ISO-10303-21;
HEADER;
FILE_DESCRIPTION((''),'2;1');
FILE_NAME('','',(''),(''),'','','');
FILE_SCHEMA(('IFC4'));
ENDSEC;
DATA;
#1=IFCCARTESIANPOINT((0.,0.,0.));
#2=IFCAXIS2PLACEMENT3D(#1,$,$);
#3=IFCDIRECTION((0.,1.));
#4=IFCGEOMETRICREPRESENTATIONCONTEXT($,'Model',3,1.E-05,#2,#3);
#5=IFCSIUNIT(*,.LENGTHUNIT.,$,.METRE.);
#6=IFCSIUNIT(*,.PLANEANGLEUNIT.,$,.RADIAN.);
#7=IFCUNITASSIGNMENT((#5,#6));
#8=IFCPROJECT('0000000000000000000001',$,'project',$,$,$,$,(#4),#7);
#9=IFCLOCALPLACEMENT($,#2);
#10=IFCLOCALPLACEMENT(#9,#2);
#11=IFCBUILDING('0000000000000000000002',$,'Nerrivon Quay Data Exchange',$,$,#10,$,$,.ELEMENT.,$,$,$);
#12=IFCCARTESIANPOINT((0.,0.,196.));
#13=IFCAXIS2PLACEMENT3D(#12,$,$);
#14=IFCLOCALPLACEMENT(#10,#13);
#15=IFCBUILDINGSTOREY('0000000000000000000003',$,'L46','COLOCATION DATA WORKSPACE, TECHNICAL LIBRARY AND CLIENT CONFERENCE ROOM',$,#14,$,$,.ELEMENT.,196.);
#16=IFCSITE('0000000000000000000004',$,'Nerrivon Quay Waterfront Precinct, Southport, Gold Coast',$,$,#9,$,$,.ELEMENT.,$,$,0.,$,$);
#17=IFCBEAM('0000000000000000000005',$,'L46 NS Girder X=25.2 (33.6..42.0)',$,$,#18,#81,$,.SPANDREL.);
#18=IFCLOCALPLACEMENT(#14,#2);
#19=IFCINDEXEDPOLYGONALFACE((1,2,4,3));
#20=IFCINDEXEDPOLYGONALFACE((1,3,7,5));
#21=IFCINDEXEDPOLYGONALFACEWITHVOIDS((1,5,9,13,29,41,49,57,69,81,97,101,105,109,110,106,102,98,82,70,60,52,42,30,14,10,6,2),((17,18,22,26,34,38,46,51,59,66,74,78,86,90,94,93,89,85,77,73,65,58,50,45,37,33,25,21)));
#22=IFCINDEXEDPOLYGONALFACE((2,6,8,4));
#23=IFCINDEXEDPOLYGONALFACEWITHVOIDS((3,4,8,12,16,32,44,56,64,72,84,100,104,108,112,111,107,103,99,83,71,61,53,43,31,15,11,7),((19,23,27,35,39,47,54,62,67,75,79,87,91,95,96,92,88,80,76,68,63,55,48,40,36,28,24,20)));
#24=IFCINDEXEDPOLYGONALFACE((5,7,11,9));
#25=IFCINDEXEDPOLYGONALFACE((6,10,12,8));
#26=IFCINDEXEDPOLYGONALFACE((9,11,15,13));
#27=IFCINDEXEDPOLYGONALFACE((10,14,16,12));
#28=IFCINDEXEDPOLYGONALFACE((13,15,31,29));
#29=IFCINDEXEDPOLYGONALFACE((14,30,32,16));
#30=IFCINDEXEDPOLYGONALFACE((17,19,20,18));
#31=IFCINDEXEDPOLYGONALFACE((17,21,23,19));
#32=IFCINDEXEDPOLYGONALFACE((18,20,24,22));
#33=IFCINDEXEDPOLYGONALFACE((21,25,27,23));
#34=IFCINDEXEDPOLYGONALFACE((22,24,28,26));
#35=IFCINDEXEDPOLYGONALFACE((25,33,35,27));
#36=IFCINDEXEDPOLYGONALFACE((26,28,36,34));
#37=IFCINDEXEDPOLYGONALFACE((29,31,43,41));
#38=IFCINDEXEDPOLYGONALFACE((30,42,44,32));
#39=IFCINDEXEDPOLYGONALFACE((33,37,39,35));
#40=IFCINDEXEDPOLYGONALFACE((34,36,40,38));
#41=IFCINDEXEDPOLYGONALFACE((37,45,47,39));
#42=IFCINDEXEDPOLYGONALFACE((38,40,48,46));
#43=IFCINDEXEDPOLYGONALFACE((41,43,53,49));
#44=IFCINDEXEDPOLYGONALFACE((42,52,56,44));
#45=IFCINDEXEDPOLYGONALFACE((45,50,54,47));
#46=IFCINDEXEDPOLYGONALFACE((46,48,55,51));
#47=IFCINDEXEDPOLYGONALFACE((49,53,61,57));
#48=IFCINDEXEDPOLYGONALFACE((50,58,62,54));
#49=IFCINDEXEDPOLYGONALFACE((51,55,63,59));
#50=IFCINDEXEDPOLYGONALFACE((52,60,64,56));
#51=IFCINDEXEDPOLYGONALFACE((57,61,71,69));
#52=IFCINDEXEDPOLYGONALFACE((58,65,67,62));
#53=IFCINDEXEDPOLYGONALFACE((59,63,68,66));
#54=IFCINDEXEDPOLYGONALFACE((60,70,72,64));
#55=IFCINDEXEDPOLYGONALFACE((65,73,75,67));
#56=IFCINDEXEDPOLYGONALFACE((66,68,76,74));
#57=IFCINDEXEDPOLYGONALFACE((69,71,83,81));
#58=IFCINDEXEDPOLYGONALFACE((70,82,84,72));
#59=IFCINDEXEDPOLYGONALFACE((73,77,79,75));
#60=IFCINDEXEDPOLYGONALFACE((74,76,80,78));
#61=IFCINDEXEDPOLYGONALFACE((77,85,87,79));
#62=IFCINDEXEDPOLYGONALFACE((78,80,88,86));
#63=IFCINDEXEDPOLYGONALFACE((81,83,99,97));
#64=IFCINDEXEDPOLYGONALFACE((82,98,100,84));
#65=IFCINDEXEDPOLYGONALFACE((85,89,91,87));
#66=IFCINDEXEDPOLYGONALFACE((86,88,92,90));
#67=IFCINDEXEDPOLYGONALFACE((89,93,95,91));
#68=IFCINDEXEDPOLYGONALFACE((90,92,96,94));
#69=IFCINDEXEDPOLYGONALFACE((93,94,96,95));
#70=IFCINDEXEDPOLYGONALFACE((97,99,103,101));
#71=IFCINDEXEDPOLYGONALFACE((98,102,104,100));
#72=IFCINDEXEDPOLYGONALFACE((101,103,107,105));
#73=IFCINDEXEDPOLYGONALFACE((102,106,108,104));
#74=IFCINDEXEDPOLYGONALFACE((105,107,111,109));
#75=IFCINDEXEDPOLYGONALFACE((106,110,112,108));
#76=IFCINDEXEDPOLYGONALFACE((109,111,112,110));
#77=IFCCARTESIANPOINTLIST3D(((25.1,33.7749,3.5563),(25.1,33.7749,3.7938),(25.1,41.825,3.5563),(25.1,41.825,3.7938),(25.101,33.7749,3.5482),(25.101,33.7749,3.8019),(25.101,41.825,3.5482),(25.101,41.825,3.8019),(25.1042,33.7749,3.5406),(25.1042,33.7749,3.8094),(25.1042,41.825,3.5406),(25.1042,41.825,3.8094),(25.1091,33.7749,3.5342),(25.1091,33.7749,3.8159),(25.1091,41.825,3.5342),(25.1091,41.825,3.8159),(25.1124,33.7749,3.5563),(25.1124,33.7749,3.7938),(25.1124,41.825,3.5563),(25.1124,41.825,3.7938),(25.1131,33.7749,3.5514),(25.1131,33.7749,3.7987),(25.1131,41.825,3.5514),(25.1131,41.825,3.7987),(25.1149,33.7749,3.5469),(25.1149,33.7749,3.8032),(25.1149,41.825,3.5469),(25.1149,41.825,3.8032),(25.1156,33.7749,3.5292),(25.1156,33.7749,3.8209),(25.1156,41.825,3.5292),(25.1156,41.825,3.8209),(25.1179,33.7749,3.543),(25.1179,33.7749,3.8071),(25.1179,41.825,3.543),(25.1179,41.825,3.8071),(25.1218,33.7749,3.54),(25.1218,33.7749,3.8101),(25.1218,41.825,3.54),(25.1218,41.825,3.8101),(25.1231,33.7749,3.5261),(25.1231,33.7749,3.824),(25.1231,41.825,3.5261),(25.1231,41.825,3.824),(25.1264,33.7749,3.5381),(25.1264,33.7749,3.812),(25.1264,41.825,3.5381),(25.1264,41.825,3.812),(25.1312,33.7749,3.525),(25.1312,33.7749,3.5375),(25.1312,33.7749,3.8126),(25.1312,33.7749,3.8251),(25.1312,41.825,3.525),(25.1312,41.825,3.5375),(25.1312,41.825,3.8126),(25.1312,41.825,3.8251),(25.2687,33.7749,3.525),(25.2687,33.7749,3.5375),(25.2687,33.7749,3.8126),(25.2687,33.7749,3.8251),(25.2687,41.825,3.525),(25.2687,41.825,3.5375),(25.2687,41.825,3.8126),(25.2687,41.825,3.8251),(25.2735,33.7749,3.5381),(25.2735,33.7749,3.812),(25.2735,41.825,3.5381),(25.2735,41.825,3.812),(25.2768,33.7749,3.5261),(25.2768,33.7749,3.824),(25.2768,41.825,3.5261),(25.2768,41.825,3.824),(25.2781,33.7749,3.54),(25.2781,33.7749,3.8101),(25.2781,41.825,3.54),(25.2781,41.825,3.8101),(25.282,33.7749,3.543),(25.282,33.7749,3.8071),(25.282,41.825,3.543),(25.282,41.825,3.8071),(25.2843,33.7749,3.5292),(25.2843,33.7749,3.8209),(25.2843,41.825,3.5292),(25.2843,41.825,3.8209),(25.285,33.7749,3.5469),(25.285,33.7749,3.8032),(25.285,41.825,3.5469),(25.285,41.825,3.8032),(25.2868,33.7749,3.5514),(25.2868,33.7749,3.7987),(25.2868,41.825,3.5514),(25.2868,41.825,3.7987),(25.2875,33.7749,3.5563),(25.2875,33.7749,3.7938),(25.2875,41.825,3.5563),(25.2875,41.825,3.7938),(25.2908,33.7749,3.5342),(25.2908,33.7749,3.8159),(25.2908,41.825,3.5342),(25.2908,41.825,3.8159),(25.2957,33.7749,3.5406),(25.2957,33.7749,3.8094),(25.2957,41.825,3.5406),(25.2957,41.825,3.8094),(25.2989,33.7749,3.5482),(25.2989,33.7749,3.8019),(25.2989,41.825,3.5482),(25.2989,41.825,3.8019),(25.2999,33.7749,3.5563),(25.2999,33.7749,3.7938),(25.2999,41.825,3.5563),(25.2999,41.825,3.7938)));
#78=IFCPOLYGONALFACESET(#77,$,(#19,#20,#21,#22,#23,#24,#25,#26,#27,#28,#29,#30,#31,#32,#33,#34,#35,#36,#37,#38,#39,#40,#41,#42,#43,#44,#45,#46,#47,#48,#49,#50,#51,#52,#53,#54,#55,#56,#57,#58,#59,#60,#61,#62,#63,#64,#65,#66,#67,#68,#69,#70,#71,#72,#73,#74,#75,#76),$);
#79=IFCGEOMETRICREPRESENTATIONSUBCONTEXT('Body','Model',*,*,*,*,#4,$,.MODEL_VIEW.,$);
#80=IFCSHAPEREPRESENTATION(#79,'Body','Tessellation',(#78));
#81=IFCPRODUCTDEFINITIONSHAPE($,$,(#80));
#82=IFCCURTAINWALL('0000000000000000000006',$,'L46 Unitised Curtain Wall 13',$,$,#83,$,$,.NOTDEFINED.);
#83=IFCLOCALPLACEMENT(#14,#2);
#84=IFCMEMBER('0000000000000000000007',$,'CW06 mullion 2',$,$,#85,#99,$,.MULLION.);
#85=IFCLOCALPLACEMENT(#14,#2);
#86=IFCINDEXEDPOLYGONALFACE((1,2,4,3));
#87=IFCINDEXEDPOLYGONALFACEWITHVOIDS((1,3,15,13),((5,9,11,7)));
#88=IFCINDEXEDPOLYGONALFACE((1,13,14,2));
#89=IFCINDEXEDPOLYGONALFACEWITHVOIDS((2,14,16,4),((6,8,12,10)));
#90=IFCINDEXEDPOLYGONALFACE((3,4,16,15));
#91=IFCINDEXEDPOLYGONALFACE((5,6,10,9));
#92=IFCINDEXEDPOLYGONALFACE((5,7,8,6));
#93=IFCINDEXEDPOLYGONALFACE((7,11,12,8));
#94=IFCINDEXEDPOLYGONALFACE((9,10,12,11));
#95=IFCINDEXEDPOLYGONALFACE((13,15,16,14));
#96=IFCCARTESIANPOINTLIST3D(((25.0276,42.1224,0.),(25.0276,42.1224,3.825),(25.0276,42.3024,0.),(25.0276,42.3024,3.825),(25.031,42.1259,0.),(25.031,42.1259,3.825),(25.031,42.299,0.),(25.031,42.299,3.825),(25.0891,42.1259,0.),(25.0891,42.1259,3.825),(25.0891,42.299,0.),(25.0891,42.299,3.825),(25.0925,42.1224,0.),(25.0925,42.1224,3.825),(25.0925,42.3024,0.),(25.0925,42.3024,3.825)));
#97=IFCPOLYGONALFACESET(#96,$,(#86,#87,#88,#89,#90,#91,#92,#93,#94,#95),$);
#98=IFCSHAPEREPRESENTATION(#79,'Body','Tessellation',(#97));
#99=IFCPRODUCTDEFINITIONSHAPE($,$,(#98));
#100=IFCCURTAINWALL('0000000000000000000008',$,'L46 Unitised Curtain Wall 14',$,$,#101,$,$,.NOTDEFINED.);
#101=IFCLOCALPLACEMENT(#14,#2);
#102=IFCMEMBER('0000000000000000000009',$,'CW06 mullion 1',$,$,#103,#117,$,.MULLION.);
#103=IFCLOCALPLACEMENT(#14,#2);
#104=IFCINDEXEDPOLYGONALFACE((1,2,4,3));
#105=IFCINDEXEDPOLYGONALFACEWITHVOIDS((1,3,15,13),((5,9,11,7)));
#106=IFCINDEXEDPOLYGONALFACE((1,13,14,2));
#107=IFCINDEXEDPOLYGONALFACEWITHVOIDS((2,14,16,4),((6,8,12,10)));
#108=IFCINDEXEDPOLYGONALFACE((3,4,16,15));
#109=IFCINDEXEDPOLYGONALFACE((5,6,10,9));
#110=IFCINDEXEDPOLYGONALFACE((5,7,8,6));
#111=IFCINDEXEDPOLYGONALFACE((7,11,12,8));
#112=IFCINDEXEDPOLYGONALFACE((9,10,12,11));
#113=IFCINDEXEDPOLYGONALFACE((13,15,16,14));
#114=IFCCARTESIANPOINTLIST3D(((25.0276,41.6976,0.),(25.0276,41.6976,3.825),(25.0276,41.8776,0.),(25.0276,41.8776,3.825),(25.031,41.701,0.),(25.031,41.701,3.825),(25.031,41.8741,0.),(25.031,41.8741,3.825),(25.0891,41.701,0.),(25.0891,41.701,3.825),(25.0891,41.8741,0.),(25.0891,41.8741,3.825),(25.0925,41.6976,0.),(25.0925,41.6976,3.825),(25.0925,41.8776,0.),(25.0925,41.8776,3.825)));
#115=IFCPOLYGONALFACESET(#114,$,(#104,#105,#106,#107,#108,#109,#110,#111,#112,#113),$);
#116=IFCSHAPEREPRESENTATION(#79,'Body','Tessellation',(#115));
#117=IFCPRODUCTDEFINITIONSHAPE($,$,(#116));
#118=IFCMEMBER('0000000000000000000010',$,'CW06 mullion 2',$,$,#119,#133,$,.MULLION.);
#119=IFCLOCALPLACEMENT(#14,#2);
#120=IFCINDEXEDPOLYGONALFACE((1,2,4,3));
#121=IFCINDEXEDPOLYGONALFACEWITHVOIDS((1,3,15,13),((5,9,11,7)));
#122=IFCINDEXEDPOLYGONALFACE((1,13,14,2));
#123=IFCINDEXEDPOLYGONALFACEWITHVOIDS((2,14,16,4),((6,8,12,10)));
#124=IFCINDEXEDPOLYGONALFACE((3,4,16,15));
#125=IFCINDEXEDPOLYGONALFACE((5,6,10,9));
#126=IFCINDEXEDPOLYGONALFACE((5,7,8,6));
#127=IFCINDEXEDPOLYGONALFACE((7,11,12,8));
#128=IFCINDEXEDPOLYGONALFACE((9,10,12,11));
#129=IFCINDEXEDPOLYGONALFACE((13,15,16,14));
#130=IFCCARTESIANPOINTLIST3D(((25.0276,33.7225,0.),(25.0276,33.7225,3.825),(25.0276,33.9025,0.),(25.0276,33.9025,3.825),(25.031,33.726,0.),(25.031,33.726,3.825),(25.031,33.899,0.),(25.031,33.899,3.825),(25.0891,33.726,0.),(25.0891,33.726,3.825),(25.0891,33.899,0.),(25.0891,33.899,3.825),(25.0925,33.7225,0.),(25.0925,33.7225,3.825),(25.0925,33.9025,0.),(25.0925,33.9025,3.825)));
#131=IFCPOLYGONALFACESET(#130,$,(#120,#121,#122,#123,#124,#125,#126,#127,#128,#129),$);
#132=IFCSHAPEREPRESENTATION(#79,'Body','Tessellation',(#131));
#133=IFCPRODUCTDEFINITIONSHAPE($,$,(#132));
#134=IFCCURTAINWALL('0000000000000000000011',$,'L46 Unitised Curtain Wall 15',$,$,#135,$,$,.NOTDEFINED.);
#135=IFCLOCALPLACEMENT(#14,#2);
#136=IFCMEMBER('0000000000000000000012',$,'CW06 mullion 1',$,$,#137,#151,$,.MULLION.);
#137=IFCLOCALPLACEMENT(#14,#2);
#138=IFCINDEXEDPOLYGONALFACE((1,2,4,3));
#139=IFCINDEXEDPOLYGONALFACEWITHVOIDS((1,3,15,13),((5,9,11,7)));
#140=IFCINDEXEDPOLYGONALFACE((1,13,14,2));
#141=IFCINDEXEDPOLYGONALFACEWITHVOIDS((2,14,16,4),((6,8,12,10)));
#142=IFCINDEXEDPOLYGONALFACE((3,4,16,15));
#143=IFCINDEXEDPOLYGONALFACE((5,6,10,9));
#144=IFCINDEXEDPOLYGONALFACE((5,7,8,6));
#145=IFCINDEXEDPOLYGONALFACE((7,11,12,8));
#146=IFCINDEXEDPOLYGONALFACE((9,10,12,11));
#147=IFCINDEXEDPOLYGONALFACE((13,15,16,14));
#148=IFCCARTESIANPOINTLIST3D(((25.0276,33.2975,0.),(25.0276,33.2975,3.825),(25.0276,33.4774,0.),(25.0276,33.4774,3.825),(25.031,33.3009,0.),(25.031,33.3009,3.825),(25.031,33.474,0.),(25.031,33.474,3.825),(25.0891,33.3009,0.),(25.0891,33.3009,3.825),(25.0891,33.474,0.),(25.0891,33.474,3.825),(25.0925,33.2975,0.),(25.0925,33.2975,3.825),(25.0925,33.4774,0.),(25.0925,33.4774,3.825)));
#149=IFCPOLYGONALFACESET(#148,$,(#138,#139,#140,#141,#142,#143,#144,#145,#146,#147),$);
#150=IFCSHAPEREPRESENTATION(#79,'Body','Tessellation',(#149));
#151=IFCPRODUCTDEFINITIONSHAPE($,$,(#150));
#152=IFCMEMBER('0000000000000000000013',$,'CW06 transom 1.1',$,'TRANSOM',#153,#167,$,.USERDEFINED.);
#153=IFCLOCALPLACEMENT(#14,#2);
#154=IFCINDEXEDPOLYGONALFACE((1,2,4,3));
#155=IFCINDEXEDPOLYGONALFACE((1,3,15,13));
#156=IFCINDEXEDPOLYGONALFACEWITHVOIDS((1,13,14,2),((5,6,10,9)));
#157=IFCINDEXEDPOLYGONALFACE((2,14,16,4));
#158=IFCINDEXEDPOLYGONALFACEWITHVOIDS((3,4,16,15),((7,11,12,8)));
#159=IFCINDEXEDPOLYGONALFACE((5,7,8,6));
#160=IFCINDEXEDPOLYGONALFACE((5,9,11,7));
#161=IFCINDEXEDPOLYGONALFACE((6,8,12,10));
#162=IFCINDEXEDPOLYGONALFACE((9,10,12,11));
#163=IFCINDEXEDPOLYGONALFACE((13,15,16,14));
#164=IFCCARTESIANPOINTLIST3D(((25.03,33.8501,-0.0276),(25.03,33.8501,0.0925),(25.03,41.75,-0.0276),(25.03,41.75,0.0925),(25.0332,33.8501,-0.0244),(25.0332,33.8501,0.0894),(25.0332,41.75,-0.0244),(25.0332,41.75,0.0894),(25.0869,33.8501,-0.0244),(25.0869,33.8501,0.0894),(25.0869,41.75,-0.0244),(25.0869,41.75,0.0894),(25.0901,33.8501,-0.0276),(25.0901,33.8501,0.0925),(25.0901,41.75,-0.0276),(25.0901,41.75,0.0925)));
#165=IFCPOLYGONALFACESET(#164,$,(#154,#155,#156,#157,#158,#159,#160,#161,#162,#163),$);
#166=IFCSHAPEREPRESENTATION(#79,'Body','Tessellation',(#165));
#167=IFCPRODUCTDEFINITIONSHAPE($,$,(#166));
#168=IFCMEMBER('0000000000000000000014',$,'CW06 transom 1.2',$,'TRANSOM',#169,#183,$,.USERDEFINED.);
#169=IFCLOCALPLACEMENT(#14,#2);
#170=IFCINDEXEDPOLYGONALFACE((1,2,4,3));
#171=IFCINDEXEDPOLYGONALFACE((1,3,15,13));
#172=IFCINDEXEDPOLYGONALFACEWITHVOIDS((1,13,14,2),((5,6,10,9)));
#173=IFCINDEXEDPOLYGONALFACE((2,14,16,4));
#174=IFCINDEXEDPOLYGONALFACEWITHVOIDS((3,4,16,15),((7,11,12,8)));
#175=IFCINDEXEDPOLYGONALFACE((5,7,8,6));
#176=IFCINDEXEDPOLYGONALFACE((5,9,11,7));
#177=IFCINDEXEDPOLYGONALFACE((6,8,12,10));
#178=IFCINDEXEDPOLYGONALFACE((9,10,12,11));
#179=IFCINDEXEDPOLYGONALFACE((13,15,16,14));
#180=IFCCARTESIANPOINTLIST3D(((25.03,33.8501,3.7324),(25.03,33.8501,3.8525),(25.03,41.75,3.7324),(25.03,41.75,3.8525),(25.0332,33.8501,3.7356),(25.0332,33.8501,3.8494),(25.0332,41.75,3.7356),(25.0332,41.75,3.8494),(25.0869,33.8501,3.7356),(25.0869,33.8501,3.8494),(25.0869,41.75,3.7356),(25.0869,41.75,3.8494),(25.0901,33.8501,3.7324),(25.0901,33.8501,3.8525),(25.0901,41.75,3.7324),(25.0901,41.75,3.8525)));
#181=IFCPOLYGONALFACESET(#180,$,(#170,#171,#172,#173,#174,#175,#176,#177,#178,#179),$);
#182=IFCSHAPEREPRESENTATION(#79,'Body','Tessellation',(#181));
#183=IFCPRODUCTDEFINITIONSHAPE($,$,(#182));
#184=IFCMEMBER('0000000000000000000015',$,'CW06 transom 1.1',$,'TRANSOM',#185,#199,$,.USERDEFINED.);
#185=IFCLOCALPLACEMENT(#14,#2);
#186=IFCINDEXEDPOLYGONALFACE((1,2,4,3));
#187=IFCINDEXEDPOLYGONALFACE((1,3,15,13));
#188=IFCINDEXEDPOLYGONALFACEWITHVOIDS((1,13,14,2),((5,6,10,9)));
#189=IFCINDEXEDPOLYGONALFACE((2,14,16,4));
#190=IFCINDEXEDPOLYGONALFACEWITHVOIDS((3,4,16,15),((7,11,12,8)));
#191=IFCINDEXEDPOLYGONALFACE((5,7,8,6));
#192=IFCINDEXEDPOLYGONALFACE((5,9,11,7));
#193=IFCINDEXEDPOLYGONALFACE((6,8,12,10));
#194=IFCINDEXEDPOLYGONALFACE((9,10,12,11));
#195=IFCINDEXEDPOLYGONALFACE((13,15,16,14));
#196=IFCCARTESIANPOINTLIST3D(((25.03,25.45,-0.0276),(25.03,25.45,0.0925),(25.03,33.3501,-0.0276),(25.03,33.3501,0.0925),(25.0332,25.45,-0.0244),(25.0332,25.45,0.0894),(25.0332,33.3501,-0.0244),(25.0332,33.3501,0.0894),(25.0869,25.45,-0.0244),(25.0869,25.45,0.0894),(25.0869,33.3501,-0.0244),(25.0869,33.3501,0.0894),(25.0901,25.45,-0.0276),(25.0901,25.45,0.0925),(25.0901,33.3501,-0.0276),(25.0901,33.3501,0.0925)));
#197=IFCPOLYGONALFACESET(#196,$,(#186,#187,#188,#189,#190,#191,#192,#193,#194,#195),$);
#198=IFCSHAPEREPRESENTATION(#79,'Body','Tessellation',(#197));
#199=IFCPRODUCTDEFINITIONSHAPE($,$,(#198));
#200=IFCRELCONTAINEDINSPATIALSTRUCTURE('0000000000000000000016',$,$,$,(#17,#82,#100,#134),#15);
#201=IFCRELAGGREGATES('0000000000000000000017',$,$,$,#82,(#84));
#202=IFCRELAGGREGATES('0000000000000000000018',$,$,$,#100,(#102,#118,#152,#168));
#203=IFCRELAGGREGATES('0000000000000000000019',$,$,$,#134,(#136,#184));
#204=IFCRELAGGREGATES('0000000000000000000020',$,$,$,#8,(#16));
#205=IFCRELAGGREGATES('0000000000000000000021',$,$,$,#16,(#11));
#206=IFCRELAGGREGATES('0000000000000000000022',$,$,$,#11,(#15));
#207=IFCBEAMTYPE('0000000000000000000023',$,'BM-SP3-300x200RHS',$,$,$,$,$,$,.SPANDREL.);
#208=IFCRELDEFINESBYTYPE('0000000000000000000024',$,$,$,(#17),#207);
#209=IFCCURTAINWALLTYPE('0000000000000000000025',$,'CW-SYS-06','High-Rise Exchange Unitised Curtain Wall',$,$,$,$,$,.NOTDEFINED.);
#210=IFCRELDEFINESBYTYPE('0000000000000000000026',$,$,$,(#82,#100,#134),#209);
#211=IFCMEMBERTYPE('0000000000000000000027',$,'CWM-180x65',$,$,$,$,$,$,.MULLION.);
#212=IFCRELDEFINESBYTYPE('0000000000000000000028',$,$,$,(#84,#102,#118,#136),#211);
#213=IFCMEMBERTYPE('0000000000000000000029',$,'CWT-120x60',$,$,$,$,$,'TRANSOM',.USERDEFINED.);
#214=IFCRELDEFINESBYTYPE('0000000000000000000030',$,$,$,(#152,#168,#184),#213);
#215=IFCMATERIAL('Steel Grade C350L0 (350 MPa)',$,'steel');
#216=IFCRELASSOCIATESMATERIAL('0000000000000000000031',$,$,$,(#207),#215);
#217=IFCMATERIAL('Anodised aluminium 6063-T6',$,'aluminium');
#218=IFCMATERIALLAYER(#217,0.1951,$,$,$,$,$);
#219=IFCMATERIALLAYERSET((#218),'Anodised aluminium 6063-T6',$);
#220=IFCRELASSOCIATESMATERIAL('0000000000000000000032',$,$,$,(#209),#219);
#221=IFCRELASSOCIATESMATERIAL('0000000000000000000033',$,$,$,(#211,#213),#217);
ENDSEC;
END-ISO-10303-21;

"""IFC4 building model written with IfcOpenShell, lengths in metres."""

from ifc_helpers import new_model, si_unit, direction, frame, origin, origin_2d, place, context, subcontext, project, spatial, hollow_rectangle, extrude, material, layer, layer_set, material_profile, profile_set, type_object, element, aggregate, save


model = new_model("IFC4")

# Units and contexts
model_context = context("Model", 3, precision=1e-05, world=origin(), true_north=direction((0.0, 1.0)))
body_context = subcontext(model_context, "Body", "Model", "MODEL_VIEW")
ifc_project = project(units=[si_unit("LENGTHUNIT", "METRE"), si_unit("PLANEANGLEUNIT", "RADIAN")], contexts=[model_context])

# Site, building, storey
site_placement = place(None, origin())
site = spatial("IfcSite", under=ifc_project, at=site_placement, Name="Nerrivon Quay Waterfront Precinct, Southport, Gold Coast", CompositionType="ELEMENT", RefElevation=0.0)
building_placement = place(site_placement, origin())
building = spatial("IfcBuilding", under=site, at=building_placement, Name="Nerrivon Quay Data Exchange", CompositionType="ELEMENT")
storey_placement = place(building_placement, frame((0.0, 0.0, 196.0)))
storey = spatial("IfcBuildingStorey", under=building, at=storey_placement, Name="L46", Description="COLOCATION DATA WORKSPACE, TECHNICAL LIBRARY AND CLIENT CONFERENCE ROOM", CompositionType="ELEMENT", Elevation=196.0)

# Beam
ifc_material_1 = material(Name="Steel Grade C350L0 (350 MPa)", Category="steel")
ifc_material_profile_1 = material_profile(ifc_material_1, hollow_rectangle(XDim=0.2, YDim=0.3, WallThickness=0.0125, InnerFilletRadius=0.0188, OuterFilletRadius=0.0312, at=origin_2d()), Name="300x200x12.5RHS")
ifc_profile_set_1 = profile_set([ifc_material_profile_1], Name="Steel Grade C350L0 (350 MPa)")
beam_type_1 = type_object("IfcBeamType", Name="BM-SP3-300x200RHS", PredefinedType="SPANDREL", material=ifc_profile_set_1)
beam_1_placement = place(storey_placement, frame((25.2, 33.7749, 3.675), z_axis=(0.0, 1.0, 0.0), x_axis=(-1.0, 0.0, 0.0)))
element("IfcBeam", 1, at=beam_1_placement, inside=storey, type_object=beam_type_1, Name="L46 NS Girder X=25.2 (33.6..42.0)", PredefinedType="SPANDREL", context=body_context, shape_type="SweptSolid", body=[
    extrude(hollow_rectangle(XDim=0.2, YDim=0.3, WallThickness=0.0125, InnerFilletRadius=0.0188, OuterFilletRadius=0.0312, at=origin_2d()), origin(), (0.0, 0.0, 1.0), 8.05),
])

# Curtain wall, member
ifc_material_2 = material(Name="Anodised aluminium 6063-T6", Category="aluminium")
ifc_layer_1 = layer(ifc_material_2, 0.1951)
ifc_layer_set_1 = layer_set([ifc_layer_1], Name="Anodised aluminium 6063-T6")
curtain_wall_type = type_object("IfcCurtainWallType", Name="CW-SYS-06", Description="High-Rise Exchange Unitised Curtain Wall", PredefinedType="NOTDEFINED", material=ifc_layer_set_1)
curtain_wall_1_placement = place(storey_placement, origin())
curtain_wall_1 = element("IfcCurtainWall", 2, at=curtain_wall_1_placement, inside=storey, type_object=curtain_wall_type, Name="L46 Unitised Curtain Wall 13", PredefinedType="NOTDEFINED")
ifc_material_profile_2 = material_profile(ifc_material_2, hollow_rectangle(XDim=0.0649, YDim=0.1799, WallThickness=0.0034, at=origin_2d()), Name="ALU-MULL-180x65")
ifc_profile_set_2 = profile_set([ifc_material_profile_2], Name="Anodised aluminium 6063-T6")
member_type_1 = type_object("IfcMemberType", Name="CWM-180x65", PredefinedType="MULLION", material=ifc_profile_set_2)
member_1_placement = place(storey_placement, frame((25.0601, 42.2124, 0.0), z_axis=(0.0, 0.0, 1.0), x_axis=(1.0, 0.0, 0.0)))
member_1 = element("IfcMember", 3, at=member_1_placement, type_object=member_type_1, Name="CW06 mullion 2", PredefinedType="MULLION", context=body_context, shape_type="SweptSolid", body=[
    extrude(hollow_rectangle(XDim=0.0649, YDim=0.1799, WallThickness=0.0034, at=origin_2d()), origin(), (0.0, 0.0, 1.0), 3.825),
])
aggregate(curtain_wall_1, [member_1])

# Curtain wall, members
curtain_wall_2_placement = place(storey_placement, origin())
curtain_wall_2 = element("IfcCurtainWall", 4, at=curtain_wall_2_placement, inside=storey, type_object=curtain_wall_type, Name="L46 Unitised Curtain Wall 14", PredefinedType="NOTDEFINED")
member_2_placement = place(storey_placement, frame((25.0601, 41.7876, 0.0), z_axis=(0.0, 0.0, 1.0), x_axis=(1.0, 0.0, 0.0)))
member_2 = element("IfcMember", 5, at=member_2_placement, type_object=member_type_1, Name="CW06 mullion 1", PredefinedType="MULLION", context=body_context, shape_type="SweptSolid", body=[
    extrude(hollow_rectangle(XDim=0.0649, YDim=0.1799, WallThickness=0.0034, at=origin_2d()), origin(), (0.0, 0.0, 1.0), 3.825),
])
member_3_placement = place(storey_placement, frame((25.0601, 33.8125, 0.0), z_axis=(0.0, 0.0, 1.0), x_axis=(1.0, 0.0, 0.0)))
member_3 = element("IfcMember", 6, at=member_3_placement, type_object=member_type_1, Name="CW06 mullion 2", PredefinedType="MULLION", context=body_context, shape_type="SweptSolid", body=[
    extrude(hollow_rectangle(XDim=0.0649, YDim=0.1799, WallThickness=0.0034, at=origin_2d()), origin(), (0.0, 0.0, 1.0), 3.825),
])

# Curtain wall, member
curtain_wall_3_placement = place(storey_placement, origin())
curtain_wall_3 = element("IfcCurtainWall", 7, at=curtain_wall_3_placement, inside=storey, type_object=curtain_wall_type, Name="L46 Unitised Curtain Wall 15", PredefinedType="NOTDEFINED")
member_4_placement = place(storey_placement, frame((25.0601, 33.3875, 0.0), z_axis=(0.0, 0.0, 1.0), x_axis=(1.0, 0.0, 0.0)))
member_4 = element("IfcMember", 8, at=member_4_placement, type_object=member_type_1, Name="CW06 mullion 1", PredefinedType="MULLION", context=body_context, shape_type="SweptSolid", body=[
    extrude(hollow_rectangle(XDim=0.0649, YDim=0.1799, WallThickness=0.0034, at=origin_2d()), origin(), (0.0, 0.0, 1.0), 3.825),
])

# Members
ifc_material_profile_3 = material_profile(ifc_material_2, hollow_rectangle(XDim=0.0601, YDim=0.1201, WallThickness=0.0032, at=origin_2d()), Name="ALU-TRAN-120x60")
ifc_profile_set_3 = profile_set([ifc_material_profile_3], Name="Anodised aluminium 6063-T6")
member_type_2 = type_object("IfcMemberType", Name="CWT-120x60", ElementType="TRANSOM", PredefinedType="USERDEFINED", material=ifc_profile_set_3)
member_5_placement = place(storey_placement, frame((25.0601, 41.75, 0.0325), z_axis=(0.0, -1.0, 0.0), x_axis=(1.0, 0.0, 0.0)))
member_5 = element("IfcMember", 9, at=member_5_placement, type_object=member_type_2, Name="CW06 transom 1.1", ObjectType="TRANSOM", PredefinedType="USERDEFINED", context=body_context, shape_type="SweptSolid", body=[
    extrude(hollow_rectangle(XDim=0.0601, YDim=0.1201, WallThickness=0.0032, at=origin_2d()), origin(), (0.0, 0.0, 1.0), 7.8999),
])
member_6_placement = place(storey_placement, frame((25.0601, 41.75, 3.7925), z_axis=(0.0, -1.0, 0.0), x_axis=(1.0, 0.0, 0.0)))
member_6 = element("IfcMember", 10, at=member_6_placement, type_object=member_type_2, Name="CW06 transom 1.2", ObjectType="TRANSOM", PredefinedType="USERDEFINED", context=body_context, shape_type="SweptSolid", body=[
    extrude(hollow_rectangle(XDim=0.0601, YDim=0.1201, WallThickness=0.0032, at=origin_2d()), origin(), (0.0, 0.0, 1.0), 7.8999),
])
member_7_placement = place(storey_placement, frame((25.0601, 33.3501, 0.0325), z_axis=(0.0, -1.0, 0.0), x_axis=(1.0, 0.0, 0.0)))
member_7 = element("IfcMember", 11, at=member_7_placement, type_object=member_type_2, Name="CW06 transom 1.1", ObjectType="TRANSOM", PredefinedType="USERDEFINED", context=body_context, shape_type="SweptSolid", body=[
    extrude(hollow_rectangle(XDim=0.0601, YDim=0.1201, WallThickness=0.0032, at=origin_2d()), origin(), (0.0, 0.0, 1.0), 7.9001),
])

aggregate(curtain_wall_2, [member_2, member_3, member_5, member_6])
aggregate(curtain_wall_3, [member_4, member_7])

save(model, "model.ifc")
